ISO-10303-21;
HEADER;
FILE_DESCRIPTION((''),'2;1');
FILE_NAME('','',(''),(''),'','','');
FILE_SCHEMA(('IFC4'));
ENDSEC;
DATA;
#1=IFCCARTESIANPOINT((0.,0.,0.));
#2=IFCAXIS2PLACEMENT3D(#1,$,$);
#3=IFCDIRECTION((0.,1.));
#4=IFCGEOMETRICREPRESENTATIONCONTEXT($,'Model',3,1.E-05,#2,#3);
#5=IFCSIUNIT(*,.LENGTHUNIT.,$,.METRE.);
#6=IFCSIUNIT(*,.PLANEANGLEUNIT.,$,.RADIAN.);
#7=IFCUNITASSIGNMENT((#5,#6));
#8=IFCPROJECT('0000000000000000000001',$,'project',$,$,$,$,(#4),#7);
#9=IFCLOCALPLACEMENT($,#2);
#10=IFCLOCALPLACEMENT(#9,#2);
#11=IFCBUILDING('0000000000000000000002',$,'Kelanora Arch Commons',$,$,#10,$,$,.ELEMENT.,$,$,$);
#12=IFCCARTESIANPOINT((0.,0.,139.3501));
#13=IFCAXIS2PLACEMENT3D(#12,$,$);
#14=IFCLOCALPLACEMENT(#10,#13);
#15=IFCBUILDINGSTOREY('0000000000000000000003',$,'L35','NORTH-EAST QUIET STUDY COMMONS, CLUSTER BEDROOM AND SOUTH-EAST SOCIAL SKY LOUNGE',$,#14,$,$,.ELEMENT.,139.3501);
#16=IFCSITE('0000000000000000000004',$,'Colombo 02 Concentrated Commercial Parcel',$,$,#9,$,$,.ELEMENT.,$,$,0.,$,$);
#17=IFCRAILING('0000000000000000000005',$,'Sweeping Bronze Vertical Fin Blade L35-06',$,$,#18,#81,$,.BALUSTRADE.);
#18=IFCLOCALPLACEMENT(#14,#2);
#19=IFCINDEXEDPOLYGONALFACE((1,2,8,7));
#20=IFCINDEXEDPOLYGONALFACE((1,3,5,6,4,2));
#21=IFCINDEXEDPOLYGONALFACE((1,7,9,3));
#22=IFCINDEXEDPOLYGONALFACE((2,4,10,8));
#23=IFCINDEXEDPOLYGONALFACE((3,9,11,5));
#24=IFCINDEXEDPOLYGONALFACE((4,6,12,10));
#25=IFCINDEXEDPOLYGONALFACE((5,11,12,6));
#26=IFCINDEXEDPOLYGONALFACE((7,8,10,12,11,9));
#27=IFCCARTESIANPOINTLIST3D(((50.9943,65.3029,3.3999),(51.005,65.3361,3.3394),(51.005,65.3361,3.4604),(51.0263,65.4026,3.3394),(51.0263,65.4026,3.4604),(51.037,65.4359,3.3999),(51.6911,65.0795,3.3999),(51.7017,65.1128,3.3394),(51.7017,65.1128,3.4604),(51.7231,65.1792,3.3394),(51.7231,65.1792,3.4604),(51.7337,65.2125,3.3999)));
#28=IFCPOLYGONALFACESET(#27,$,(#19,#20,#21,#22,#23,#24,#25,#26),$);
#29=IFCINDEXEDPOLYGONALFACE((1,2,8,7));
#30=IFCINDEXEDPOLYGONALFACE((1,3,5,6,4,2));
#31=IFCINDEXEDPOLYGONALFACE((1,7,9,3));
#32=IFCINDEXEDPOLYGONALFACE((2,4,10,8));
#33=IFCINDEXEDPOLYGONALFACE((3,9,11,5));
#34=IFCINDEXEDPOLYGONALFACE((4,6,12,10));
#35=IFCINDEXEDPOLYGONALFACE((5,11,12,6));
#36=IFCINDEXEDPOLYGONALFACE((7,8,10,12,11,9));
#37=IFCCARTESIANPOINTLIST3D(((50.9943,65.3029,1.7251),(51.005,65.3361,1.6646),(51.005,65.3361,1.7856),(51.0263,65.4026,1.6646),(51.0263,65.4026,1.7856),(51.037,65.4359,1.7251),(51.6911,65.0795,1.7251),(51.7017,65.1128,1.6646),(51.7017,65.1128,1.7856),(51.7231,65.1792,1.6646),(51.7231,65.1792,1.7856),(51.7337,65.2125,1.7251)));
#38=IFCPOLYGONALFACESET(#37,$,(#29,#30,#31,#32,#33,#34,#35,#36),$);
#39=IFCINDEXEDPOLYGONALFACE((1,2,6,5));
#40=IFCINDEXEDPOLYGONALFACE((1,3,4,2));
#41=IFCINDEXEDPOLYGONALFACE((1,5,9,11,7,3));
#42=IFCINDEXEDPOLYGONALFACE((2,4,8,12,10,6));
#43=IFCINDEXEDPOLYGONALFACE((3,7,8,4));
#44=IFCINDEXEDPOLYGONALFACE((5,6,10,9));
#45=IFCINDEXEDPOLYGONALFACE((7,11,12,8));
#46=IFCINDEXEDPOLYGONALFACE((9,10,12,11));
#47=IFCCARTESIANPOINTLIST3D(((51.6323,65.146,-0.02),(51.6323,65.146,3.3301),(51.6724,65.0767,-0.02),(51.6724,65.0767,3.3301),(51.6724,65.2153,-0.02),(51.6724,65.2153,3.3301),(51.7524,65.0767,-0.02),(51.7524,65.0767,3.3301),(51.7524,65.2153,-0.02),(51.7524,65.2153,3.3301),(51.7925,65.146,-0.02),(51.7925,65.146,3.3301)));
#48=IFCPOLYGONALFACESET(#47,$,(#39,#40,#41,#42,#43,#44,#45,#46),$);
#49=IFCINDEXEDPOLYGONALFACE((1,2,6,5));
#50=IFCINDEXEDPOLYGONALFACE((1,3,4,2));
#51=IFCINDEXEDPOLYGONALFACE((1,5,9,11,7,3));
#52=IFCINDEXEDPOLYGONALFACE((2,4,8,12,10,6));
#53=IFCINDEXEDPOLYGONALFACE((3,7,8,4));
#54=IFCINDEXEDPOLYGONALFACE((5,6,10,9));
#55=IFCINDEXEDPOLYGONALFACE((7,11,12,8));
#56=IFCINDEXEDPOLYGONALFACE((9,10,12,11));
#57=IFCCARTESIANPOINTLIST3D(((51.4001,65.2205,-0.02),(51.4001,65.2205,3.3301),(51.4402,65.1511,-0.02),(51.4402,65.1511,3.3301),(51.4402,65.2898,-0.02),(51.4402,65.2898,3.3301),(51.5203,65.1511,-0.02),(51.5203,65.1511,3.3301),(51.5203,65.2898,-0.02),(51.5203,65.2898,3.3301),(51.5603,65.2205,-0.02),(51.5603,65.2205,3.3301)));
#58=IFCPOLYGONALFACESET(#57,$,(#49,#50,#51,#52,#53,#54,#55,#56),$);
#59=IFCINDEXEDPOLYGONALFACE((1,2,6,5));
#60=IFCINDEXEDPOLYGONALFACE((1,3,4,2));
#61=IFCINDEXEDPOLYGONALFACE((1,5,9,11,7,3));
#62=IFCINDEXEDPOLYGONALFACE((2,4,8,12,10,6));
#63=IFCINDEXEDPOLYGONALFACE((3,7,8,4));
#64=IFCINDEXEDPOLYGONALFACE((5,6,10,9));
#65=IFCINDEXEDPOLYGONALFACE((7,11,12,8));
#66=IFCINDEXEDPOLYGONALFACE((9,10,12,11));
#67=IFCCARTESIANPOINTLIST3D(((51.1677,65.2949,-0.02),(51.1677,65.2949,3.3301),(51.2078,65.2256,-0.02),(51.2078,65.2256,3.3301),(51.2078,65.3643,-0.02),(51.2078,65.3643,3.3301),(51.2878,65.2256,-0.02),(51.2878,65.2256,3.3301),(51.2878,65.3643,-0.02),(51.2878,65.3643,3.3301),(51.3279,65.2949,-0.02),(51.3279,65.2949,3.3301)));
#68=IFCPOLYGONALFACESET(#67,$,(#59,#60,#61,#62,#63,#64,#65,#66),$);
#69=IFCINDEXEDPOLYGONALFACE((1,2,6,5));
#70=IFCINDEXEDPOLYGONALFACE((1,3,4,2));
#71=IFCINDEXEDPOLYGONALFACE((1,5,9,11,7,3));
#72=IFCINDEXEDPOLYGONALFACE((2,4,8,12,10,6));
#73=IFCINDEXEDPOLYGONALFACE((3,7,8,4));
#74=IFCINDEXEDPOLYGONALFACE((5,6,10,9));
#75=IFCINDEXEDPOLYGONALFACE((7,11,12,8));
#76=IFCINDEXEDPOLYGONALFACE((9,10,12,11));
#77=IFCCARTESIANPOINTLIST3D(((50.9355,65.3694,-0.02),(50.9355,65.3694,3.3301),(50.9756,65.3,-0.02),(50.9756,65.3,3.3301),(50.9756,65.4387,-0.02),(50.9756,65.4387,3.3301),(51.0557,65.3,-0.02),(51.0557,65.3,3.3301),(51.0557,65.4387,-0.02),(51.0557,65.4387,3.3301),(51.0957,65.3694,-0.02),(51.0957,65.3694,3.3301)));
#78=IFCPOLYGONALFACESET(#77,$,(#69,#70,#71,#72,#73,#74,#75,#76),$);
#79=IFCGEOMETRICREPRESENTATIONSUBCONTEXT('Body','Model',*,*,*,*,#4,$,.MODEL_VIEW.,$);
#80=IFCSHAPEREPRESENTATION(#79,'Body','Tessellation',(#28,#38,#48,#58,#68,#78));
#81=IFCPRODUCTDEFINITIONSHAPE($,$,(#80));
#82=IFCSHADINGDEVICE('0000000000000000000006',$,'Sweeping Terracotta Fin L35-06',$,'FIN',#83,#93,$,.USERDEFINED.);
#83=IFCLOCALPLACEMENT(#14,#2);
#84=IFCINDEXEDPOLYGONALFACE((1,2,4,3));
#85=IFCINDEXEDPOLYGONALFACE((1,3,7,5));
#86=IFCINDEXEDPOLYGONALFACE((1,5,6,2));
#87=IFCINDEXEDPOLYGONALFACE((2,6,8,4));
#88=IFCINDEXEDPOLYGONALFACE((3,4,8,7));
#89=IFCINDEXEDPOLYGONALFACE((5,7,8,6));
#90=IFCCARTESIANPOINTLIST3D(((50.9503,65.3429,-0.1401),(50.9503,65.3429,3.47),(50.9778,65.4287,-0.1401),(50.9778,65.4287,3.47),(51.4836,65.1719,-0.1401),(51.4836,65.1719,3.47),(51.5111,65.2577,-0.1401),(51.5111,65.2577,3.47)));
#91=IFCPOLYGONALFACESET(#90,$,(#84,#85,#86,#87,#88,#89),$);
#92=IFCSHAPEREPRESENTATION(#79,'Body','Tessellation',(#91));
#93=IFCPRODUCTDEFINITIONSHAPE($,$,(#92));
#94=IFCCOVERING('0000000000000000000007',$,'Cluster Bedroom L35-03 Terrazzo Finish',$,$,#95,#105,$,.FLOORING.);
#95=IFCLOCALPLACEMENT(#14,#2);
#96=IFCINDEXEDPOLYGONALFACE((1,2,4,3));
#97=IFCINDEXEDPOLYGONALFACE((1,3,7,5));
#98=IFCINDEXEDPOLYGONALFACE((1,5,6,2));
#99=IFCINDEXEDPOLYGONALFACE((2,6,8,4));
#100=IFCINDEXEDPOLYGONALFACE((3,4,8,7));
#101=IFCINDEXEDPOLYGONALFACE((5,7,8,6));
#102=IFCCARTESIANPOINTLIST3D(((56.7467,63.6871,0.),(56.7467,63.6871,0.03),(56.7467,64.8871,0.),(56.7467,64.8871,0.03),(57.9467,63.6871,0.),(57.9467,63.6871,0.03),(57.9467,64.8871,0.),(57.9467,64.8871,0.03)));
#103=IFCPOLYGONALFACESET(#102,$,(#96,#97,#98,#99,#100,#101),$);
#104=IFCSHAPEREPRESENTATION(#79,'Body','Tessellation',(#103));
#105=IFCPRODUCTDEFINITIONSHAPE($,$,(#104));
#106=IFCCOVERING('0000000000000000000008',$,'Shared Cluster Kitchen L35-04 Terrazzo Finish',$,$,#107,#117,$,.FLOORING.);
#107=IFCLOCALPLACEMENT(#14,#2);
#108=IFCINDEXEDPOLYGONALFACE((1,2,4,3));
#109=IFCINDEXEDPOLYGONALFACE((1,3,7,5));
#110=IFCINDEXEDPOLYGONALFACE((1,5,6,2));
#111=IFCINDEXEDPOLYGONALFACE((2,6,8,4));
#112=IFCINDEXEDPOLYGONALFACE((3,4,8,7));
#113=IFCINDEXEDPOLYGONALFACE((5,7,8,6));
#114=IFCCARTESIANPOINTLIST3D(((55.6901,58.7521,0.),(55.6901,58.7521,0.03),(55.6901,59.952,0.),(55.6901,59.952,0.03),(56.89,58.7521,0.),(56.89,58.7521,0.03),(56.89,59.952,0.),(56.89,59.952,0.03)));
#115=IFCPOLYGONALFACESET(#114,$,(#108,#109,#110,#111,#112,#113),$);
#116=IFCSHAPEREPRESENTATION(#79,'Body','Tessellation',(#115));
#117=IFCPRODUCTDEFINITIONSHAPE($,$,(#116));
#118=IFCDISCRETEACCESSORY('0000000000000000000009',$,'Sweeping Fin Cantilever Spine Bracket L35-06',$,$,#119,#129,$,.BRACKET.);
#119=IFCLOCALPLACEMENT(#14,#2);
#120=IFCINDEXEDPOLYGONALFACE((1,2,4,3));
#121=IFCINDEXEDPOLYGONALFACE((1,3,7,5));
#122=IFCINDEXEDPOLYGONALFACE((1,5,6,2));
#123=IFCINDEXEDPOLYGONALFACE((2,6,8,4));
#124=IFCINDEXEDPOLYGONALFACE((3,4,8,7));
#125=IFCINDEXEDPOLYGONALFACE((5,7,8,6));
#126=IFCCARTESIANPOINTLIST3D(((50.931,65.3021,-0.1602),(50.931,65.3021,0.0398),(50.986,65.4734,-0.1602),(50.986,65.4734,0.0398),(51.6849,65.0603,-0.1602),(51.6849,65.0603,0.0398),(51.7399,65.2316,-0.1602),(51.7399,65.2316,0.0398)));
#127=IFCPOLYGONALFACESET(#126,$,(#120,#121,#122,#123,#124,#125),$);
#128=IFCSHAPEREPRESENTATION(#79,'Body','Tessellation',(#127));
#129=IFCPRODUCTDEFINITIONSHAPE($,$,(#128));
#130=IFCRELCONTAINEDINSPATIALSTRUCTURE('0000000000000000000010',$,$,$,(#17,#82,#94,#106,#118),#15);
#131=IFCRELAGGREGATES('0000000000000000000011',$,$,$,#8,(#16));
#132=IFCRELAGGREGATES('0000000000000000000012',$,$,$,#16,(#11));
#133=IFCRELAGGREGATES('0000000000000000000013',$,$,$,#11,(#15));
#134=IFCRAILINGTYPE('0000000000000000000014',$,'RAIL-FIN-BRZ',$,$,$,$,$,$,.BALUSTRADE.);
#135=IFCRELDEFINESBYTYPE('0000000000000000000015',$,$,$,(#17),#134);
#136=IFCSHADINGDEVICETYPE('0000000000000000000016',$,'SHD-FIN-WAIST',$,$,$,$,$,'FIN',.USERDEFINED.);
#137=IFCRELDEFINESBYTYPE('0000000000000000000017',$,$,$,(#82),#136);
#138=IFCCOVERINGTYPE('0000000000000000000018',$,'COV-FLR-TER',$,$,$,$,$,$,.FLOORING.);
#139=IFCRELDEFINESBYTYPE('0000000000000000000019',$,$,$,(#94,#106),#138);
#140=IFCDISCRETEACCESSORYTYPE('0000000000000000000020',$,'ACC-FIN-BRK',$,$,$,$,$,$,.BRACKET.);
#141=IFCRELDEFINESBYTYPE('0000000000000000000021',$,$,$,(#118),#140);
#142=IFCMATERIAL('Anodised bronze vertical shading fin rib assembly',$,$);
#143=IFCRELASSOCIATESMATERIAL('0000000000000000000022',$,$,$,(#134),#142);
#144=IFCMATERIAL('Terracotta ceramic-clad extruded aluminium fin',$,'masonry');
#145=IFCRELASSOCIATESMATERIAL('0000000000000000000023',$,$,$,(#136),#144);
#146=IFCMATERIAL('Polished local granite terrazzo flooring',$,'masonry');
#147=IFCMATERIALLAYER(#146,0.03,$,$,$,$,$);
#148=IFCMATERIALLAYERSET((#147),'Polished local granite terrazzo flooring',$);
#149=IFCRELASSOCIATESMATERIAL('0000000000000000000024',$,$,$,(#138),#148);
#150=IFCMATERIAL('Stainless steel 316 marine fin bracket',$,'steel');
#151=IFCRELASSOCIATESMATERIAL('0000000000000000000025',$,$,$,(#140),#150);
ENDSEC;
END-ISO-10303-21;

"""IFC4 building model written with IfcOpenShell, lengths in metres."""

from ifc_helpers import new_model, si_unit, direction, frame, origin, origin_2d, place, context, subcontext, project, spatial, polyline, rectangle, outline, extrude, source, transform, mapped, material, layer, layer_set, type_object, element, save


model = new_model("IFC4")

# Units and contexts
model_context = context("Model", 3, precision=1e-05, world=origin(), true_north=direction((0.0, 1.0)))
body_context = subcontext(model_context, "Body", "Model", "MODEL_VIEW")
ifc_project = project(units=[si_unit("LENGTHUNIT", "METRE"), si_unit("PLANEANGLEUNIT", "RADIAN")], contexts=[model_context])

# Site, building, storey
site_placement = place(None, origin())
site = spatial("IfcSite", under=ifc_project, at=site_placement, Name="Colombo 02 Concentrated Commercial Parcel", CompositionType="ELEMENT", RefElevation=0.0)
building_placement = place(site_placement, origin())
building = spatial("IfcBuilding", under=site, at=building_placement, Name="Kelanora Arch Commons", CompositionType="ELEMENT")
storey_placement = place(building_placement, frame((0.0, 0.0, 139.3501)))
storey = spatial("IfcBuildingStorey", under=building, at=storey_placement, Name="L35", Description="NORTH-EAST QUIET STUDY COMMONS, CLUSTER BEDROOM AND SOUTH-EAST SOCIAL SKY LOUNGE", CompositionType="ELEMENT", Elevation=139.3501)

# Railing
ifc_material_1 = material(Name="Anodised bronze vertical shading fin rib assembly")
railing_type = type_object("IfcRailingType", Name="RAIL-FIN-BRZ", PredefinedType="BALUSTRADE", material=ifc_material_1)
railing_placement = place(storey_placement, frame((51.7124, 65.146, -0.02)))
element("IfcRailing", 1, at=railing_placement, inside=storey, type_object=railing_type, Name="Sweeping Bronze Vertical Fin Blade L35-06", PredefinedType="BALUSTRADE", context=body_context, shape_type="SweptSolid", body=[
    extrude(outline(polyline([(0.0698, 0.0), (0.0349, 0.0605), (-0.0349, 0.0605), (-0.0698, 0.0), (-0.0349, -0.0605), (0.0349, -0.0605), (0.0698, 0.0)])), frame((0.0, 0.0, 3.4199), z_axis=(-0.952257, 0.305296, 0.0), x_axis=(-0.305296, -0.952257, 0.0)), (0.0, 0.0, 1.0), 0.7317),
    extrude(outline(polyline([(0.0698, 0.0), (0.0349, 0.0605), (-0.0349, 0.0605), (-0.0698, 0.0), (-0.0349, -0.0605), (0.0349, -0.0605), (0.0698, 0.0)])), frame((0.0, 0.0, 1.7451), z_axis=(-0.952257, 0.305296, 0.0), x_axis=(-0.305296, -0.952257, 0.0)), (0.0, 0.0, 1.0), 0.7317),
    extrude(outline(polyline([(0.0801, 0.0), (0.04, 0.0693), (-0.04, 0.0693), (-0.0801, 0.0), (-0.04, -0.0693), (0.04, -0.0693), (0.0801, 0.0)])), origin(), (0.0, 0.0, 1.0), 3.3501),
    extrude(outline(polyline([(0.0801, 0.0), (0.04, 0.0693), (-0.04, 0.0693), (-0.0801, 0.0), (-0.04, -0.0693), (0.04, -0.0693), (0.0801, 0.0)])), frame((-0.2322, 0.0745, 0.0)), (0.0, 0.0, 1.0), 3.3501),
    extrude(outline(polyline([(0.0801, 0.0), (0.04, 0.0693), (-0.04, 0.0693), (-0.0801, 0.0), (-0.04, -0.0693), (0.04, -0.0693), (0.0801, 0.0)])), frame((-0.4646, 0.1489, 0.0)), (0.0, 0.0, 1.0), 3.3501),
    extrude(outline(polyline([(0.0801, 0.0), (0.04, 0.0693), (-0.04, 0.0693), (-0.0801, 0.0), (-0.04, -0.0693), (0.04, -0.0693), (0.0801, 0.0)])), frame((-0.6968, 0.2234, 0.0)), (0.0, 0.0, 1.0), 3.3501),
])

# Shading device
ifc_material_2 = material(Name="Terracotta ceramic-clad extruded aluminium fin", Category="masonry")
shading_device_type = type_object("IfcShadingDeviceType", Name="SHD-FIN-WAIST", ElementType="FIN", PredefinedType="USERDEFINED", material=ifc_material_2)
shared_shape_1 = source(origin(), body_context, "Body", "SweptSolid", [
    extrude(rectangle(XDim=0.5601, YDim=0.0901, at=origin_2d()), origin(), (0.0, 0.0, 1.0), 3.6101),
])
shading_device_placement = place(storey_placement, frame((51.2307, 65.3003, -0.1401), z_axis=(0.0, 0.0, 1.0), x_axis=(-0.952236, 0.305363, 0.0)))
element("IfcShadingDevice", 2, at=shading_device_placement, inside=storey, type_object=shading_device_type, Name="Sweeping Terracotta Fin L35-06", ObjectType="FIN", PredefinedType="USERDEFINED", context=body_context, shape_type="MappedRepresentation", body=[
    mapped(shared_shape_1, transform((0.0, 0.0, 0.0), scale=1.0)),
])

# Coverings
ifc_material_3 = material(Name="Polished local granite terrazzo flooring", Category="masonry")
ifc_layer_1 = layer(ifc_material_3, 0.03)
ifc_layer_set_1 = layer_set([ifc_layer_1], Name="Polished local granite terrazzo flooring")
covering_type = type_object("IfcCoveringType", Name="COV-FLR-TER", PredefinedType="FLOORING", material=ifc_layer_set_1)
shared_shape_2 = source(origin(), body_context, "Body", "SweptSolid", [
    extrude(rectangle(XDim=1.2, YDim=1.2, at=origin_2d()), origin(), (0.0, 0.0, 1.0), 0.03),
])
for number, where, z_axis, x_axis, name in (
    (3, (57.3467, 64.2871, 0.0), (0.0, 0.0, 1.0), (1.0, 0.0, 0.0), "Cluster Bedroom L35-03 Terrazzo Finish"),
    (4, (56.29, 59.3521, 0.0), (0.0, 0.0, 1.0), (1.0, 0.0, 0.0), "Shared Cluster Kitchen L35-04 Terrazzo Finish"),
):
    element("IfcCovering", number, at=place(storey_placement, frame(where, z_axis=z_axis, x_axis=x_axis)), inside=storey, type_object=covering_type, Name=name, PredefinedType="FLOORING", context=body_context, shape_type="MappedRepresentation", body=[
        mapped(shared_shape_2, transform((0.0, 0.0, 0.0), scale=1.0)),
    ])

# Discrete accessory
ifc_material_4 = material(Name="Stainless steel 316 marine fin bracket", Category="steel")
discrete_accessory_type = type_object("IfcDiscreteAccessoryType", Name="ACC-FIN-BRK", PredefinedType="BRACKET", material=ifc_material_4)
shared_shape_3 = source(origin(), body_context, "Body", "SweptSolid", [
    extrude(rectangle(XDim=0.7917, YDim=0.1799, at=origin_2d()), origin(), (0.0, 0.0, 1.0), 0.2),
])
discrete_accessory_placement = place(storey_placement, frame((51.3354, 65.2668, -0.1602), z_axis=(0.0, 0.0, 1.0), x_axis=(-0.952236, 0.305363, 0.0)))
element("IfcDiscreteAccessory", 5, at=discrete_accessory_placement, inside=storey, type_object=discrete_accessory_type, Name="Sweeping Fin Cantilever Spine Bracket L35-06", PredefinedType="BRACKET", context=body_context, shape_type="MappedRepresentation", body=[
    mapped(shared_shape_3, transform((0.0, 0.0, 0.0), scale=1.0)),
])

save(model, "model.ifc")
